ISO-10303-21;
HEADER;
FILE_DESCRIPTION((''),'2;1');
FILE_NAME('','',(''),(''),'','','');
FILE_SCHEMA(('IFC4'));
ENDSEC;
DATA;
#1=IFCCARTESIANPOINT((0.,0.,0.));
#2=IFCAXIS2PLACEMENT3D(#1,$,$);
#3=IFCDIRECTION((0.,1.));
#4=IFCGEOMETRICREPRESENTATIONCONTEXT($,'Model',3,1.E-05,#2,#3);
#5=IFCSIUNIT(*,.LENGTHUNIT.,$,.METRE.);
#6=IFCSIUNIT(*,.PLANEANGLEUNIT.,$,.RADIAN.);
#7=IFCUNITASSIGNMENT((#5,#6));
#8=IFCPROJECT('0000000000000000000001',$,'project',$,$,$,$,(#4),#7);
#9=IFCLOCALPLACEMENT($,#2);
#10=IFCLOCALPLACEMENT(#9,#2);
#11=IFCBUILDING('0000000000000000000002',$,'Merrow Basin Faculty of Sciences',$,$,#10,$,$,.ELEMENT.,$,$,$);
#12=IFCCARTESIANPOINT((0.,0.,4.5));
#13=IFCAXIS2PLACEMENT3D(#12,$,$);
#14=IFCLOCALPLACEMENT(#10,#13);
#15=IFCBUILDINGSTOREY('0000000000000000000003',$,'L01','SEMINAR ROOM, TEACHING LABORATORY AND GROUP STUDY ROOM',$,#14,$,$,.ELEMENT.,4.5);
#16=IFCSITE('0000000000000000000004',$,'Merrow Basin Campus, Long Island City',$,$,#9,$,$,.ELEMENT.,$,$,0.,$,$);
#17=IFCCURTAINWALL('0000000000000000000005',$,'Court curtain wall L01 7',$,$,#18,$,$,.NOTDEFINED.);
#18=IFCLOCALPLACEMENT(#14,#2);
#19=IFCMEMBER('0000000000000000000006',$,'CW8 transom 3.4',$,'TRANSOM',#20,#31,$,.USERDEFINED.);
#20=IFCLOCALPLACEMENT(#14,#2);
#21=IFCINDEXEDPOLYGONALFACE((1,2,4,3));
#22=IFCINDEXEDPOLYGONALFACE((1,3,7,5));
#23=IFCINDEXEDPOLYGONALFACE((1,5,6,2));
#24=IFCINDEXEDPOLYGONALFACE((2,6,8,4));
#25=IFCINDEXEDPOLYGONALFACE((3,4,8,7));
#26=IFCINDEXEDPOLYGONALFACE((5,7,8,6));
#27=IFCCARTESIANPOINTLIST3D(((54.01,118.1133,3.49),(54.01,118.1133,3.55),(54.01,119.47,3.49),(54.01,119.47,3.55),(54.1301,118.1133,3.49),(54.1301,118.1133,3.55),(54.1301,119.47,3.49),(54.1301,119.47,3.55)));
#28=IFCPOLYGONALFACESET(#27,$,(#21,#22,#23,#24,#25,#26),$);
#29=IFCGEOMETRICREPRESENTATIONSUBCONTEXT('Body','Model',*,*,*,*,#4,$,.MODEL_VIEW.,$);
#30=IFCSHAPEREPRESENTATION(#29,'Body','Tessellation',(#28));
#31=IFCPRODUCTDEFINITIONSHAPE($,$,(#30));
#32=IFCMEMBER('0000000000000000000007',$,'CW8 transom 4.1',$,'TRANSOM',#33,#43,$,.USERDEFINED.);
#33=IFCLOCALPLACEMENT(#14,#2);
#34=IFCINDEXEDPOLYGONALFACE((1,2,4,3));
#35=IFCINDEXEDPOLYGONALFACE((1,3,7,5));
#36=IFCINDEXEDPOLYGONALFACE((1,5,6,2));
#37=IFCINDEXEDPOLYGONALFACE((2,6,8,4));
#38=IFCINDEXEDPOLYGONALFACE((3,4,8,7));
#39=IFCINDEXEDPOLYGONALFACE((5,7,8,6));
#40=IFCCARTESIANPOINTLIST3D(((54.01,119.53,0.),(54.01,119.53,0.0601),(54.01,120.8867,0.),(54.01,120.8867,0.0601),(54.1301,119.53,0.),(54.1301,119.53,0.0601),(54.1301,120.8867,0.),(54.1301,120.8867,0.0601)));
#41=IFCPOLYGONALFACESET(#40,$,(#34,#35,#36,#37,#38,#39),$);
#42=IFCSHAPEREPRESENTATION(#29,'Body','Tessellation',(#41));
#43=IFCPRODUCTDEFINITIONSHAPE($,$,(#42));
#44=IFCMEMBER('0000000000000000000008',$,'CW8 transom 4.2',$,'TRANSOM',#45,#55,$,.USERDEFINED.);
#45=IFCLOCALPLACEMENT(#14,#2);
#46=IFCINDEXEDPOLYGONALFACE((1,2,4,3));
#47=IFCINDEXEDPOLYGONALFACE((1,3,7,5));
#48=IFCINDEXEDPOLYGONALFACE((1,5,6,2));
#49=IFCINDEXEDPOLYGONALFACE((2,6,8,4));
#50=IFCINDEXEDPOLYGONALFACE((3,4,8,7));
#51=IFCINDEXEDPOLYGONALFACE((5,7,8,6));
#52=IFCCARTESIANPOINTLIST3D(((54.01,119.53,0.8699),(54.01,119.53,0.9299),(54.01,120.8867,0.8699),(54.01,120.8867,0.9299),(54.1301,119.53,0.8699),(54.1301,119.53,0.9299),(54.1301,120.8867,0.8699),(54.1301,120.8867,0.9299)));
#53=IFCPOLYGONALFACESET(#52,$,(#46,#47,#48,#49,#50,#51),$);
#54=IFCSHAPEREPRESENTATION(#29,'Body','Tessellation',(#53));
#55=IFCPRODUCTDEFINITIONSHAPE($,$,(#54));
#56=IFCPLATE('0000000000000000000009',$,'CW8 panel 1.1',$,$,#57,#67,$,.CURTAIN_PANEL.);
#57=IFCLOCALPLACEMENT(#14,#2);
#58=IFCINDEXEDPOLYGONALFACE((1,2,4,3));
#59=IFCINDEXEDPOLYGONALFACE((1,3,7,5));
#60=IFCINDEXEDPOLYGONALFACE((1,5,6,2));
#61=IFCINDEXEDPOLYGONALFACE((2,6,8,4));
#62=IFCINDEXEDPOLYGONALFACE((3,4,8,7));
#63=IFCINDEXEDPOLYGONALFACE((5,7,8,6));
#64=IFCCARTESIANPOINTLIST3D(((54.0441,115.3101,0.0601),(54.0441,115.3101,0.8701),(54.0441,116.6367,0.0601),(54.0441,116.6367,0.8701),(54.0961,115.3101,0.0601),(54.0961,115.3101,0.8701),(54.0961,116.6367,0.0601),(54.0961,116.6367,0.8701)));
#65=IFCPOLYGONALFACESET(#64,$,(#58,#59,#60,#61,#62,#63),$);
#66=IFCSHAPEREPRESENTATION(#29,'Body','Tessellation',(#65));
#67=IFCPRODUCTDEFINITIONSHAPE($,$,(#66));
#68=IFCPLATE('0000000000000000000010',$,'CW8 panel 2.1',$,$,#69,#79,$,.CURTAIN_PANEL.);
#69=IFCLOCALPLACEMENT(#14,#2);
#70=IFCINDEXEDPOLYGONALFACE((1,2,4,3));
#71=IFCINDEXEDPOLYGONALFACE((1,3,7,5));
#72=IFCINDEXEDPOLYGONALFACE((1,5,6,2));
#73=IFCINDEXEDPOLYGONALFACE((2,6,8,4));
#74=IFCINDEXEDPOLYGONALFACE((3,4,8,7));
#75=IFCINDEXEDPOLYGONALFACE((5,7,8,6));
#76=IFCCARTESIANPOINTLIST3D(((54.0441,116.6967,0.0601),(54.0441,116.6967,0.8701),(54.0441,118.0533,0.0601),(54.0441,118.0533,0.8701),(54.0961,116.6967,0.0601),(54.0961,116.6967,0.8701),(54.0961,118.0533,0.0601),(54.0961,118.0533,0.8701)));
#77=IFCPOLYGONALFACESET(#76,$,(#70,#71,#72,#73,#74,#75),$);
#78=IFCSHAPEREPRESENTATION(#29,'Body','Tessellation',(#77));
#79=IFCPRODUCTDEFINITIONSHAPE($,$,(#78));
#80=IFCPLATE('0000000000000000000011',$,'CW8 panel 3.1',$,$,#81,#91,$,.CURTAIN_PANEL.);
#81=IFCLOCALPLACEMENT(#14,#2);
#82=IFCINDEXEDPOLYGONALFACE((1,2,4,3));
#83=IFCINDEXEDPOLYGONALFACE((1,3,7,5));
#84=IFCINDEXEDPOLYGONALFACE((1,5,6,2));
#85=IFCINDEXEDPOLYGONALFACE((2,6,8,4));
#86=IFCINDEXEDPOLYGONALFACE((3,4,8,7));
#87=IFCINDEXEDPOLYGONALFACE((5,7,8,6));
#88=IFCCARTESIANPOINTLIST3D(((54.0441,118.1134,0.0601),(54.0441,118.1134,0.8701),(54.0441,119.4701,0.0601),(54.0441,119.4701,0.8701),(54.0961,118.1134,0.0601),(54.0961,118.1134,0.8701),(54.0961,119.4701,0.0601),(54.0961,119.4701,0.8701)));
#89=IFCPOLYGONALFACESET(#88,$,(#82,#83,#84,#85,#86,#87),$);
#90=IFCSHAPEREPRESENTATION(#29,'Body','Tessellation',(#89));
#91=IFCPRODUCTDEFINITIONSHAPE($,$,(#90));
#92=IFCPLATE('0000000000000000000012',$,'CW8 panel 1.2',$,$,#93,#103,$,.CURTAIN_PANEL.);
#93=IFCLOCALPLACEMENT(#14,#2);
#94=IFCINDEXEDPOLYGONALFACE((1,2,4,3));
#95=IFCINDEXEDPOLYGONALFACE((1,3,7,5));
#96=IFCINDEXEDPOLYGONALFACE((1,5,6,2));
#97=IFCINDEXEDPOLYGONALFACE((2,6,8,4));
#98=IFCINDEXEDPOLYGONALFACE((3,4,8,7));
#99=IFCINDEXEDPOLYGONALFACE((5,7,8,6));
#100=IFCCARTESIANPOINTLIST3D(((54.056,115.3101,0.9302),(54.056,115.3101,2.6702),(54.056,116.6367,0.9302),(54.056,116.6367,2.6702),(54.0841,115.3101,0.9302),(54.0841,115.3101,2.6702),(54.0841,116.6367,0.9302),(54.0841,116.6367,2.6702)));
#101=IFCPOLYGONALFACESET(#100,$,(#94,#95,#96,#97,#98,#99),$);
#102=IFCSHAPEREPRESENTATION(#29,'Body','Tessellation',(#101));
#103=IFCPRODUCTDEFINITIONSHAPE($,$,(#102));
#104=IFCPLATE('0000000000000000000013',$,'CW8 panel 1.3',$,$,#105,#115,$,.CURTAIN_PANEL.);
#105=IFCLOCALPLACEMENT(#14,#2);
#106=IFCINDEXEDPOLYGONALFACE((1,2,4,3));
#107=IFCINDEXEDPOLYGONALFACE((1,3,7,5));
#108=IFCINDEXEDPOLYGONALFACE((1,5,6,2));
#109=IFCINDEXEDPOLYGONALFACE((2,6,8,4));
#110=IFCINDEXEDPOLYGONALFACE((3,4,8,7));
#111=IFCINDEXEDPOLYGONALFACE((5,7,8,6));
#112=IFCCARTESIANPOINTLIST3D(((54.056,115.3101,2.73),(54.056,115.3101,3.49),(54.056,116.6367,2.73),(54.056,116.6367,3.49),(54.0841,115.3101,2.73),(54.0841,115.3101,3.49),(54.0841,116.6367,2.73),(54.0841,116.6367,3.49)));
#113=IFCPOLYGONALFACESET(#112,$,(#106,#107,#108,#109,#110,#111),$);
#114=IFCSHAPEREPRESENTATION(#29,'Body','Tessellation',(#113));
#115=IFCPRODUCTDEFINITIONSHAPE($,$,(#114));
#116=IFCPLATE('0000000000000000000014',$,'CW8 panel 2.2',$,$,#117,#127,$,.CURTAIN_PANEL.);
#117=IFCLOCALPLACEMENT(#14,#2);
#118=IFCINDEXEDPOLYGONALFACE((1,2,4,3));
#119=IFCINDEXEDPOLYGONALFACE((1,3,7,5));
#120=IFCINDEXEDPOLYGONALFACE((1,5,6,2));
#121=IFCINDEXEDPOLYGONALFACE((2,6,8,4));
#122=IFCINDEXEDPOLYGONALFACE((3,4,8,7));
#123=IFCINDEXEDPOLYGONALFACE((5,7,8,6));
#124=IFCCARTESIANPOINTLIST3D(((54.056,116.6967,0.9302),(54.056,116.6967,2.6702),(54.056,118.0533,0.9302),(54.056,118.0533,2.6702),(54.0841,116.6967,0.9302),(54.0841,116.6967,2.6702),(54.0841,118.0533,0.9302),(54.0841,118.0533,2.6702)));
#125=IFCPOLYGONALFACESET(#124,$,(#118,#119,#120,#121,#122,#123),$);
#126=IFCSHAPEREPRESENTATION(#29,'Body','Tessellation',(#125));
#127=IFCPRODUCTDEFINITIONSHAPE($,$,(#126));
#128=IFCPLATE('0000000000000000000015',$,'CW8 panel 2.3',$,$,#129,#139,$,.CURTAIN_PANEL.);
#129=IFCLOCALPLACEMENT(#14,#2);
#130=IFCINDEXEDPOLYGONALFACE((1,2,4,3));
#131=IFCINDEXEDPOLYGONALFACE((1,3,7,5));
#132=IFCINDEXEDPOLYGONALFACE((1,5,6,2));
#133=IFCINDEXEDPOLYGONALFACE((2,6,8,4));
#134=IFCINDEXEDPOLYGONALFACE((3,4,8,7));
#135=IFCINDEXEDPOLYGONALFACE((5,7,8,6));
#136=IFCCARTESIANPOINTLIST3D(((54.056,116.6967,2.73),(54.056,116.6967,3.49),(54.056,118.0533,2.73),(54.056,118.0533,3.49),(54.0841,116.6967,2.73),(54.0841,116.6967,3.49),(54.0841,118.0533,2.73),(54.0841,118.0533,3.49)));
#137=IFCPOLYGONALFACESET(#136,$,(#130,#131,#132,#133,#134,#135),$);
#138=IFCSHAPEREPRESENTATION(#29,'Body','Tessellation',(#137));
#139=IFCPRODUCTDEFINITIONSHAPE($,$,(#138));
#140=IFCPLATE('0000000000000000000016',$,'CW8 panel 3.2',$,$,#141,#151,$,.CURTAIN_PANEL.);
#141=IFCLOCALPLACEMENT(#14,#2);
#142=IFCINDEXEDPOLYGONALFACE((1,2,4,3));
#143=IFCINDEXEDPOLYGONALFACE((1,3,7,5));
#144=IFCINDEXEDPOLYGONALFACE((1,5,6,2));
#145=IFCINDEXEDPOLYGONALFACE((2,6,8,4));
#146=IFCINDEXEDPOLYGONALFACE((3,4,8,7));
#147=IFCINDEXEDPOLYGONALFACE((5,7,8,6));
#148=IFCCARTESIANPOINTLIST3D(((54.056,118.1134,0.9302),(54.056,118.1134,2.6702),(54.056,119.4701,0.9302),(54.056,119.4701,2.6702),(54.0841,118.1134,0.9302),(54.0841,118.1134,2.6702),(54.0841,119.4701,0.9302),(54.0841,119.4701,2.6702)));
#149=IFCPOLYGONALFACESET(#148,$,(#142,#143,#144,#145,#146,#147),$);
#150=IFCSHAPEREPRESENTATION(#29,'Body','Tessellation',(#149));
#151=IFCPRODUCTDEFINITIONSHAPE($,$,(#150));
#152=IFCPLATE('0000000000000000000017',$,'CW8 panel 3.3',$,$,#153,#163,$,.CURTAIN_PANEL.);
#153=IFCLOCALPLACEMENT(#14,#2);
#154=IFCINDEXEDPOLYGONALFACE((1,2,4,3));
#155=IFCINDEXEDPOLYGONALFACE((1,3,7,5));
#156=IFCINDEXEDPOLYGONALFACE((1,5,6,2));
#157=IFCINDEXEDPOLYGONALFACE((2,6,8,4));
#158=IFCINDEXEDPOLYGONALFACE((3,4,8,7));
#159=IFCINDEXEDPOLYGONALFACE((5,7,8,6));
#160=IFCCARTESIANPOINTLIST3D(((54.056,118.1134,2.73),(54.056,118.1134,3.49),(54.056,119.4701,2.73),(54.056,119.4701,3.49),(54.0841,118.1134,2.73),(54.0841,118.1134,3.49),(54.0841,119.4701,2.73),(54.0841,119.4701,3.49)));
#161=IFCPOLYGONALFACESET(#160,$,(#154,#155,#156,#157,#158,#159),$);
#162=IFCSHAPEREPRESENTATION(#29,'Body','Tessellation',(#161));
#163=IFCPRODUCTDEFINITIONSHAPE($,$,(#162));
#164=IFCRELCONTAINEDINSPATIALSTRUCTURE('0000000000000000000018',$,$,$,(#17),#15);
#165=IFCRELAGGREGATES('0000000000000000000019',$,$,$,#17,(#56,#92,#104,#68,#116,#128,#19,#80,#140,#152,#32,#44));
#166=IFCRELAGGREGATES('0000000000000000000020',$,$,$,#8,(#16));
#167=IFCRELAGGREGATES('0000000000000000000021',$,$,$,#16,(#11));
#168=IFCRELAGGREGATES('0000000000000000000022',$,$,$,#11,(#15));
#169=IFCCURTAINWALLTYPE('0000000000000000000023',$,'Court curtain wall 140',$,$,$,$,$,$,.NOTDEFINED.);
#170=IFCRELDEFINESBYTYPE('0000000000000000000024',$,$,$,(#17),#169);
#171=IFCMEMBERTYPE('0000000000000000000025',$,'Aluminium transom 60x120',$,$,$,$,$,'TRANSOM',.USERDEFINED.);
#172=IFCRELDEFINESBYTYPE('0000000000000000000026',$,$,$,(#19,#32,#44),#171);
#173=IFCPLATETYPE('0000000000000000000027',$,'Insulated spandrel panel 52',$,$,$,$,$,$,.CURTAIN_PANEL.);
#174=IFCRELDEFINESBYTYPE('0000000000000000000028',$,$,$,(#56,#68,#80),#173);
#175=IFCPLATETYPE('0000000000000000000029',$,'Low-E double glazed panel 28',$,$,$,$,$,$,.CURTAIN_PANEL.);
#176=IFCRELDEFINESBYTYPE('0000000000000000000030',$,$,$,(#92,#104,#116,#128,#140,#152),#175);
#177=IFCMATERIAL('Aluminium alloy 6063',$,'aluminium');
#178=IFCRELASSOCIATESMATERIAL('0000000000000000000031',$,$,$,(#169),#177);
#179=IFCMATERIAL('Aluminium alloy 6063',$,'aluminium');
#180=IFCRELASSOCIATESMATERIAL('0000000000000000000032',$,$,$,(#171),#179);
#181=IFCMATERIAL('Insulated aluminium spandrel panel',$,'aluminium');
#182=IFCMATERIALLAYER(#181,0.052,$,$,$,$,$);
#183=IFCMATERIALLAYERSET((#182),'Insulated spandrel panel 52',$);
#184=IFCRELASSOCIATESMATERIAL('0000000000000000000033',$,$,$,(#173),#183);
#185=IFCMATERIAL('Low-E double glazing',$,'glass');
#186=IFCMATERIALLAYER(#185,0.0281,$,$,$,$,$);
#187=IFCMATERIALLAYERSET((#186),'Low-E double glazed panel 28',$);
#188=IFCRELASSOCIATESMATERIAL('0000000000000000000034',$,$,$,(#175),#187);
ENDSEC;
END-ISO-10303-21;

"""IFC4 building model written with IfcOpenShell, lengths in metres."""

from ifc_helpers import new_model, si_unit, direction, frame, origin, origin_2d, place, context, subcontext, project, spatial, rectangle, extrude, material, layer, layer_set, material_profile, profile_set, type_object, element, aggregate, save


model = new_model("IFC4")

# Units and contexts
model_context = context("Model", 3, precision=1e-05, world=origin(), true_north=direction((0.0, 1.0)))
body_context = subcontext(model_context, "Body", "Model", "MODEL_VIEW")
ifc_project = project(units=[si_unit("LENGTHUNIT", "METRE"), si_unit("PLANEANGLEUNIT", "RADIAN")], contexts=[model_context])

# Site, building, storey
site_placement = place(None, origin())
site = spatial("IfcSite", under=ifc_project, at=site_placement, Name="Merrow Basin Campus, Long Island City", CompositionType="ELEMENT", RefElevation=0.0)
building_placement = place(site_placement, origin())
building = spatial("IfcBuilding", under=site, at=building_placement, Name="Merrow Basin Faculty of Sciences", CompositionType="ELEMENT")
storey_placement = place(building_placement, frame((0.0, 0.0, 4.5)))
storey = spatial("IfcBuildingStorey", under=building, at=storey_placement, Name="L01", Description="SEMINAR ROOM, TEACHING LABORATORY AND GROUP STUDY ROOM", CompositionType="ELEMENT", Elevation=4.5)

# Curtain wall, members, plates
ifc_material_1 = material(Name="Aluminium alloy 6063", Category="aluminium")
curtain_wall_type = type_object("IfcCurtainWallType", Name="Court curtain wall 140", PredefinedType="NOTDEFINED", material=ifc_material_1)
curtain_wall_placement = place(storey_placement, origin())
curtain_wall = element("IfcCurtainWall", 1, at=curtain_wall_placement, inside=storey, type_object=curtain_wall_type, Name="Court curtain wall L01 7", PredefinedType="NOTDEFINED")
ifc_material_2 = material(Name="Aluminium alloy 6063", Category="aluminium")
ifc_material_profile_1 = material_profile(ifc_material_2, rectangle(XDim=0.1201, YDim=0.0601, at=origin_2d()))
ifc_profile_set_1 = profile_set([ifc_material_profile_1], Name="Aluminium alloy 6063")
member_type_1 = type_object("IfcMemberType", Name="Aluminium transom 60x120", ElementType="TRANSOM", PredefinedType="USERDEFINED", material=ifc_profile_set_1)
member_1_placement = place(storey_placement, frame((54.0701, 118.1133, 3.52), z_axis=(0.0, 1.0, 0.0), x_axis=(-1.0, 0.0, 0.0)))
member_1 = element("IfcMember", 2, at=member_1_placement, type_object=member_type_1, Name="CW8 transom 3.4", ObjectType="TRANSOM", PredefinedType="USERDEFINED", context=body_context, shape_type="SweptSolid", body=[
    extrude(rectangle(XDim=0.1201, YDim=0.0601, at=origin_2d()), origin(), (0.0, 0.0, 1.0), 1.3567),
])
member_2_placement = place(storey_placement, frame((54.0701, 119.53, 0.03), z_axis=(0.0, 1.0, 0.0), x_axis=(-1.0, 0.0, 0.0)))
member_2 = element("IfcMember", 3, at=member_2_placement, type_object=member_type_1, Name="CW8 transom 4.1", ObjectType="TRANSOM", PredefinedType="USERDEFINED", context=body_context, shape_type="SweptSolid", body=[
    extrude(rectangle(XDim=0.1201, YDim=0.0601, at=origin_2d()), origin(), (0.0, 0.0, 1.0), 1.3567),
])
member_3_placement = place(storey_placement, frame((54.0701, 119.53, 0.8999), z_axis=(0.0, 1.0, 0.0), x_axis=(-1.0, 0.0, 0.0)))
member_3 = element("IfcMember", 4, at=member_3_placement, type_object=member_type_1, Name="CW8 transom 4.2", ObjectType="TRANSOM", PredefinedType="USERDEFINED", context=body_context, shape_type="SweptSolid", body=[
    extrude(rectangle(XDim=0.1201, YDim=0.0601, at=origin_2d()), origin(), (0.0, 0.0, 1.0), 1.3567),
])
ifc_material_3 = material(Name="Insulated aluminium spandrel panel", Category="aluminium")
ifc_layer_1 = layer(ifc_material_3, 0.052)
ifc_layer_set_1 = layer_set([ifc_layer_1], Name="Insulated spandrel panel 52")
plate_type_1 = type_object("IfcPlateType", Name="Insulated spandrel panel 52", PredefinedType="CURTAIN_PANEL", material=ifc_layer_set_1)
plate_1_placement = place(storey_placement, frame((54.0701, 115.9734, 0.0601), z_axis=(0.0, 0.0, 1.0), x_axis=(0.0, 1.0, 0.0)))
plate_1 = element("IfcPlate", 5, at=plate_1_placement, type_object=plate_type_1, Name="CW8 panel 1.1", PredefinedType="CURTAIN_PANEL", context=body_context, shape_type="SweptSolid", body=[
    extrude(rectangle(XDim=1.3267, YDim=0.052, at=origin_2d()), origin(), (0.0, 0.0, 1.0), 0.8101),
])
plate_2_placement = place(storey_placement, frame((54.0701, 117.375, 0.0601), z_axis=(0.0, 0.0, 1.0), x_axis=(0.0, 1.0, 0.0)))
plate_2 = element("IfcPlate", 6, at=plate_2_placement, type_object=plate_type_1, Name="CW8 panel 2.1", PredefinedType="CURTAIN_PANEL", context=body_context, shape_type="SweptSolid", body=[
    extrude(rectangle(XDim=1.3567, YDim=0.052, at=origin_2d()), origin(), (0.0, 0.0, 1.0), 0.8101),
])
plate_3_placement = place(storey_placement, frame((54.0701, 118.7917, 0.0601), z_axis=(0.0, 0.0, 1.0), x_axis=(0.0, 1.0, 0.0)))
plate_3 = element("IfcPlate", 7, at=plate_3_placement, type_object=plate_type_1, Name="CW8 panel 3.1", PredefinedType="CURTAIN_PANEL", context=body_context, shape_type="SweptSolid", body=[
    extrude(rectangle(XDim=1.3567, YDim=0.052, at=origin_2d()), origin(), (0.0, 0.0, 1.0), 0.8101),
])
ifc_material_4 = material(Name="Low-E double glazing", Category="glass")
ifc_layer_2 = layer(ifc_material_4, 0.0281)
ifc_layer_set_2 = layer_set([ifc_layer_2], Name="Low-E double glazed panel 28")
plate_type_2 = type_object("IfcPlateType", Name="Low-E double glazed panel 28", PredefinedType="CURTAIN_PANEL", material=ifc_layer_set_2)
plate_4_placement = place(storey_placement, frame((54.0701, 115.9734, 0.9302), z_axis=(0.0, 0.0, 1.0), x_axis=(0.0, 1.0, 0.0)))
plate_4 = element("IfcPlate", 8, at=plate_4_placement, type_object=plate_type_2, Name="CW8 panel 1.2", PredefinedType="CURTAIN_PANEL", context=body_context, shape_type="SweptSolid", body=[
    extrude(rectangle(XDim=1.3267, YDim=0.0281, at=origin_2d()), origin(), (0.0, 0.0, 1.0), 1.74),
])
plate_5_placement = place(storey_placement, frame((54.0701, 115.9734, 2.73), z_axis=(0.0, 0.0, 1.0), x_axis=(0.0, 1.0, 0.0)))
plate_5 = element("IfcPlate", 9, at=plate_5_placement, type_object=plate_type_2, Name="CW8 panel 1.3", PredefinedType="CURTAIN_PANEL", context=body_context, shape_type="SweptSolid", body=[
    extrude(rectangle(XDim=1.3267, YDim=0.0281, at=origin_2d()), origin(), (0.0, 0.0, 1.0), 0.76),
])
plate_6_placement = place(storey_placement, frame((54.0701, 117.375, 0.9302), z_axis=(0.0, 0.0, 1.0), x_axis=(0.0, 1.0, 0.0)))
plate_6 = element("IfcPlate", 10, at=plate_6_placement, type_object=plate_type_2, Name="CW8 panel 2.2", PredefinedType="CURTAIN_PANEL", context=body_context, shape_type="SweptSolid", body=[
    extrude(rectangle(XDim=1.3567, YDim=0.0281, at=origin_2d()), origin(), (0.0, 0.0, 1.0), 1.74),
])
plate_7_placement = place(storey_placement, frame((54.0701, 117.375, 2.73), z_axis=(0.0, 0.0, 1.0), x_axis=(0.0, 1.0, 0.0)))
plate_7 = element("IfcPlate", 11, at=plate_7_placement, type_object=plate_type_2, Name="CW8 panel 2.3", PredefinedType="CURTAIN_PANEL", context=body_context, shape_type="SweptSolid", body=[
    extrude(rectangle(XDim=1.3567, YDim=0.0281, at=origin_2d()), origin(), (0.0, 0.0, 1.0), 0.76),
])
plate_8_placement = place(storey_placement, frame((54.0701, 118.7917, 0.9302), z_axis=(0.0, 0.0, 1.0), x_axis=(0.0, 1.0, 0.0)))
plate_8 = element("IfcPlate", 12, at=plate_8_placement, type_object=plate_type_2, Name="CW8 panel 3.2", PredefinedType="CURTAIN_PANEL", context=body_context, shape_type="SweptSolid", body=[
    extrude(rectangle(XDim=1.3567, YDim=0.0281, at=origin_2d()), origin(), (0.0, 0.0, 1.0), 1.74),
])
plate_9_placement = place(storey_placement, frame((54.0701, 118.7917, 2.73), z_axis=(0.0, 0.0, 1.0), x_axis=(0.0, 1.0, 0.0)))
plate_9 = element("IfcPlate", 13, at=plate_9_placement, type_object=plate_type_2, Name="CW8 panel 3.3", PredefinedType="CURTAIN_PANEL", context=body_context, shape_type="SweptSolid", body=[
    extrude(rectangle(XDim=1.3567, YDim=0.0281, at=origin_2d()), origin(), (0.0, 0.0, 1.0), 0.76),
])
aggregate(curtain_wall, [plate_1, plate_4, plate_5, plate_2, plate_6, plate_7, member_1, plate_3, plate_8, plate_9, member_2, member_3])

save(model, "model.ifc")
